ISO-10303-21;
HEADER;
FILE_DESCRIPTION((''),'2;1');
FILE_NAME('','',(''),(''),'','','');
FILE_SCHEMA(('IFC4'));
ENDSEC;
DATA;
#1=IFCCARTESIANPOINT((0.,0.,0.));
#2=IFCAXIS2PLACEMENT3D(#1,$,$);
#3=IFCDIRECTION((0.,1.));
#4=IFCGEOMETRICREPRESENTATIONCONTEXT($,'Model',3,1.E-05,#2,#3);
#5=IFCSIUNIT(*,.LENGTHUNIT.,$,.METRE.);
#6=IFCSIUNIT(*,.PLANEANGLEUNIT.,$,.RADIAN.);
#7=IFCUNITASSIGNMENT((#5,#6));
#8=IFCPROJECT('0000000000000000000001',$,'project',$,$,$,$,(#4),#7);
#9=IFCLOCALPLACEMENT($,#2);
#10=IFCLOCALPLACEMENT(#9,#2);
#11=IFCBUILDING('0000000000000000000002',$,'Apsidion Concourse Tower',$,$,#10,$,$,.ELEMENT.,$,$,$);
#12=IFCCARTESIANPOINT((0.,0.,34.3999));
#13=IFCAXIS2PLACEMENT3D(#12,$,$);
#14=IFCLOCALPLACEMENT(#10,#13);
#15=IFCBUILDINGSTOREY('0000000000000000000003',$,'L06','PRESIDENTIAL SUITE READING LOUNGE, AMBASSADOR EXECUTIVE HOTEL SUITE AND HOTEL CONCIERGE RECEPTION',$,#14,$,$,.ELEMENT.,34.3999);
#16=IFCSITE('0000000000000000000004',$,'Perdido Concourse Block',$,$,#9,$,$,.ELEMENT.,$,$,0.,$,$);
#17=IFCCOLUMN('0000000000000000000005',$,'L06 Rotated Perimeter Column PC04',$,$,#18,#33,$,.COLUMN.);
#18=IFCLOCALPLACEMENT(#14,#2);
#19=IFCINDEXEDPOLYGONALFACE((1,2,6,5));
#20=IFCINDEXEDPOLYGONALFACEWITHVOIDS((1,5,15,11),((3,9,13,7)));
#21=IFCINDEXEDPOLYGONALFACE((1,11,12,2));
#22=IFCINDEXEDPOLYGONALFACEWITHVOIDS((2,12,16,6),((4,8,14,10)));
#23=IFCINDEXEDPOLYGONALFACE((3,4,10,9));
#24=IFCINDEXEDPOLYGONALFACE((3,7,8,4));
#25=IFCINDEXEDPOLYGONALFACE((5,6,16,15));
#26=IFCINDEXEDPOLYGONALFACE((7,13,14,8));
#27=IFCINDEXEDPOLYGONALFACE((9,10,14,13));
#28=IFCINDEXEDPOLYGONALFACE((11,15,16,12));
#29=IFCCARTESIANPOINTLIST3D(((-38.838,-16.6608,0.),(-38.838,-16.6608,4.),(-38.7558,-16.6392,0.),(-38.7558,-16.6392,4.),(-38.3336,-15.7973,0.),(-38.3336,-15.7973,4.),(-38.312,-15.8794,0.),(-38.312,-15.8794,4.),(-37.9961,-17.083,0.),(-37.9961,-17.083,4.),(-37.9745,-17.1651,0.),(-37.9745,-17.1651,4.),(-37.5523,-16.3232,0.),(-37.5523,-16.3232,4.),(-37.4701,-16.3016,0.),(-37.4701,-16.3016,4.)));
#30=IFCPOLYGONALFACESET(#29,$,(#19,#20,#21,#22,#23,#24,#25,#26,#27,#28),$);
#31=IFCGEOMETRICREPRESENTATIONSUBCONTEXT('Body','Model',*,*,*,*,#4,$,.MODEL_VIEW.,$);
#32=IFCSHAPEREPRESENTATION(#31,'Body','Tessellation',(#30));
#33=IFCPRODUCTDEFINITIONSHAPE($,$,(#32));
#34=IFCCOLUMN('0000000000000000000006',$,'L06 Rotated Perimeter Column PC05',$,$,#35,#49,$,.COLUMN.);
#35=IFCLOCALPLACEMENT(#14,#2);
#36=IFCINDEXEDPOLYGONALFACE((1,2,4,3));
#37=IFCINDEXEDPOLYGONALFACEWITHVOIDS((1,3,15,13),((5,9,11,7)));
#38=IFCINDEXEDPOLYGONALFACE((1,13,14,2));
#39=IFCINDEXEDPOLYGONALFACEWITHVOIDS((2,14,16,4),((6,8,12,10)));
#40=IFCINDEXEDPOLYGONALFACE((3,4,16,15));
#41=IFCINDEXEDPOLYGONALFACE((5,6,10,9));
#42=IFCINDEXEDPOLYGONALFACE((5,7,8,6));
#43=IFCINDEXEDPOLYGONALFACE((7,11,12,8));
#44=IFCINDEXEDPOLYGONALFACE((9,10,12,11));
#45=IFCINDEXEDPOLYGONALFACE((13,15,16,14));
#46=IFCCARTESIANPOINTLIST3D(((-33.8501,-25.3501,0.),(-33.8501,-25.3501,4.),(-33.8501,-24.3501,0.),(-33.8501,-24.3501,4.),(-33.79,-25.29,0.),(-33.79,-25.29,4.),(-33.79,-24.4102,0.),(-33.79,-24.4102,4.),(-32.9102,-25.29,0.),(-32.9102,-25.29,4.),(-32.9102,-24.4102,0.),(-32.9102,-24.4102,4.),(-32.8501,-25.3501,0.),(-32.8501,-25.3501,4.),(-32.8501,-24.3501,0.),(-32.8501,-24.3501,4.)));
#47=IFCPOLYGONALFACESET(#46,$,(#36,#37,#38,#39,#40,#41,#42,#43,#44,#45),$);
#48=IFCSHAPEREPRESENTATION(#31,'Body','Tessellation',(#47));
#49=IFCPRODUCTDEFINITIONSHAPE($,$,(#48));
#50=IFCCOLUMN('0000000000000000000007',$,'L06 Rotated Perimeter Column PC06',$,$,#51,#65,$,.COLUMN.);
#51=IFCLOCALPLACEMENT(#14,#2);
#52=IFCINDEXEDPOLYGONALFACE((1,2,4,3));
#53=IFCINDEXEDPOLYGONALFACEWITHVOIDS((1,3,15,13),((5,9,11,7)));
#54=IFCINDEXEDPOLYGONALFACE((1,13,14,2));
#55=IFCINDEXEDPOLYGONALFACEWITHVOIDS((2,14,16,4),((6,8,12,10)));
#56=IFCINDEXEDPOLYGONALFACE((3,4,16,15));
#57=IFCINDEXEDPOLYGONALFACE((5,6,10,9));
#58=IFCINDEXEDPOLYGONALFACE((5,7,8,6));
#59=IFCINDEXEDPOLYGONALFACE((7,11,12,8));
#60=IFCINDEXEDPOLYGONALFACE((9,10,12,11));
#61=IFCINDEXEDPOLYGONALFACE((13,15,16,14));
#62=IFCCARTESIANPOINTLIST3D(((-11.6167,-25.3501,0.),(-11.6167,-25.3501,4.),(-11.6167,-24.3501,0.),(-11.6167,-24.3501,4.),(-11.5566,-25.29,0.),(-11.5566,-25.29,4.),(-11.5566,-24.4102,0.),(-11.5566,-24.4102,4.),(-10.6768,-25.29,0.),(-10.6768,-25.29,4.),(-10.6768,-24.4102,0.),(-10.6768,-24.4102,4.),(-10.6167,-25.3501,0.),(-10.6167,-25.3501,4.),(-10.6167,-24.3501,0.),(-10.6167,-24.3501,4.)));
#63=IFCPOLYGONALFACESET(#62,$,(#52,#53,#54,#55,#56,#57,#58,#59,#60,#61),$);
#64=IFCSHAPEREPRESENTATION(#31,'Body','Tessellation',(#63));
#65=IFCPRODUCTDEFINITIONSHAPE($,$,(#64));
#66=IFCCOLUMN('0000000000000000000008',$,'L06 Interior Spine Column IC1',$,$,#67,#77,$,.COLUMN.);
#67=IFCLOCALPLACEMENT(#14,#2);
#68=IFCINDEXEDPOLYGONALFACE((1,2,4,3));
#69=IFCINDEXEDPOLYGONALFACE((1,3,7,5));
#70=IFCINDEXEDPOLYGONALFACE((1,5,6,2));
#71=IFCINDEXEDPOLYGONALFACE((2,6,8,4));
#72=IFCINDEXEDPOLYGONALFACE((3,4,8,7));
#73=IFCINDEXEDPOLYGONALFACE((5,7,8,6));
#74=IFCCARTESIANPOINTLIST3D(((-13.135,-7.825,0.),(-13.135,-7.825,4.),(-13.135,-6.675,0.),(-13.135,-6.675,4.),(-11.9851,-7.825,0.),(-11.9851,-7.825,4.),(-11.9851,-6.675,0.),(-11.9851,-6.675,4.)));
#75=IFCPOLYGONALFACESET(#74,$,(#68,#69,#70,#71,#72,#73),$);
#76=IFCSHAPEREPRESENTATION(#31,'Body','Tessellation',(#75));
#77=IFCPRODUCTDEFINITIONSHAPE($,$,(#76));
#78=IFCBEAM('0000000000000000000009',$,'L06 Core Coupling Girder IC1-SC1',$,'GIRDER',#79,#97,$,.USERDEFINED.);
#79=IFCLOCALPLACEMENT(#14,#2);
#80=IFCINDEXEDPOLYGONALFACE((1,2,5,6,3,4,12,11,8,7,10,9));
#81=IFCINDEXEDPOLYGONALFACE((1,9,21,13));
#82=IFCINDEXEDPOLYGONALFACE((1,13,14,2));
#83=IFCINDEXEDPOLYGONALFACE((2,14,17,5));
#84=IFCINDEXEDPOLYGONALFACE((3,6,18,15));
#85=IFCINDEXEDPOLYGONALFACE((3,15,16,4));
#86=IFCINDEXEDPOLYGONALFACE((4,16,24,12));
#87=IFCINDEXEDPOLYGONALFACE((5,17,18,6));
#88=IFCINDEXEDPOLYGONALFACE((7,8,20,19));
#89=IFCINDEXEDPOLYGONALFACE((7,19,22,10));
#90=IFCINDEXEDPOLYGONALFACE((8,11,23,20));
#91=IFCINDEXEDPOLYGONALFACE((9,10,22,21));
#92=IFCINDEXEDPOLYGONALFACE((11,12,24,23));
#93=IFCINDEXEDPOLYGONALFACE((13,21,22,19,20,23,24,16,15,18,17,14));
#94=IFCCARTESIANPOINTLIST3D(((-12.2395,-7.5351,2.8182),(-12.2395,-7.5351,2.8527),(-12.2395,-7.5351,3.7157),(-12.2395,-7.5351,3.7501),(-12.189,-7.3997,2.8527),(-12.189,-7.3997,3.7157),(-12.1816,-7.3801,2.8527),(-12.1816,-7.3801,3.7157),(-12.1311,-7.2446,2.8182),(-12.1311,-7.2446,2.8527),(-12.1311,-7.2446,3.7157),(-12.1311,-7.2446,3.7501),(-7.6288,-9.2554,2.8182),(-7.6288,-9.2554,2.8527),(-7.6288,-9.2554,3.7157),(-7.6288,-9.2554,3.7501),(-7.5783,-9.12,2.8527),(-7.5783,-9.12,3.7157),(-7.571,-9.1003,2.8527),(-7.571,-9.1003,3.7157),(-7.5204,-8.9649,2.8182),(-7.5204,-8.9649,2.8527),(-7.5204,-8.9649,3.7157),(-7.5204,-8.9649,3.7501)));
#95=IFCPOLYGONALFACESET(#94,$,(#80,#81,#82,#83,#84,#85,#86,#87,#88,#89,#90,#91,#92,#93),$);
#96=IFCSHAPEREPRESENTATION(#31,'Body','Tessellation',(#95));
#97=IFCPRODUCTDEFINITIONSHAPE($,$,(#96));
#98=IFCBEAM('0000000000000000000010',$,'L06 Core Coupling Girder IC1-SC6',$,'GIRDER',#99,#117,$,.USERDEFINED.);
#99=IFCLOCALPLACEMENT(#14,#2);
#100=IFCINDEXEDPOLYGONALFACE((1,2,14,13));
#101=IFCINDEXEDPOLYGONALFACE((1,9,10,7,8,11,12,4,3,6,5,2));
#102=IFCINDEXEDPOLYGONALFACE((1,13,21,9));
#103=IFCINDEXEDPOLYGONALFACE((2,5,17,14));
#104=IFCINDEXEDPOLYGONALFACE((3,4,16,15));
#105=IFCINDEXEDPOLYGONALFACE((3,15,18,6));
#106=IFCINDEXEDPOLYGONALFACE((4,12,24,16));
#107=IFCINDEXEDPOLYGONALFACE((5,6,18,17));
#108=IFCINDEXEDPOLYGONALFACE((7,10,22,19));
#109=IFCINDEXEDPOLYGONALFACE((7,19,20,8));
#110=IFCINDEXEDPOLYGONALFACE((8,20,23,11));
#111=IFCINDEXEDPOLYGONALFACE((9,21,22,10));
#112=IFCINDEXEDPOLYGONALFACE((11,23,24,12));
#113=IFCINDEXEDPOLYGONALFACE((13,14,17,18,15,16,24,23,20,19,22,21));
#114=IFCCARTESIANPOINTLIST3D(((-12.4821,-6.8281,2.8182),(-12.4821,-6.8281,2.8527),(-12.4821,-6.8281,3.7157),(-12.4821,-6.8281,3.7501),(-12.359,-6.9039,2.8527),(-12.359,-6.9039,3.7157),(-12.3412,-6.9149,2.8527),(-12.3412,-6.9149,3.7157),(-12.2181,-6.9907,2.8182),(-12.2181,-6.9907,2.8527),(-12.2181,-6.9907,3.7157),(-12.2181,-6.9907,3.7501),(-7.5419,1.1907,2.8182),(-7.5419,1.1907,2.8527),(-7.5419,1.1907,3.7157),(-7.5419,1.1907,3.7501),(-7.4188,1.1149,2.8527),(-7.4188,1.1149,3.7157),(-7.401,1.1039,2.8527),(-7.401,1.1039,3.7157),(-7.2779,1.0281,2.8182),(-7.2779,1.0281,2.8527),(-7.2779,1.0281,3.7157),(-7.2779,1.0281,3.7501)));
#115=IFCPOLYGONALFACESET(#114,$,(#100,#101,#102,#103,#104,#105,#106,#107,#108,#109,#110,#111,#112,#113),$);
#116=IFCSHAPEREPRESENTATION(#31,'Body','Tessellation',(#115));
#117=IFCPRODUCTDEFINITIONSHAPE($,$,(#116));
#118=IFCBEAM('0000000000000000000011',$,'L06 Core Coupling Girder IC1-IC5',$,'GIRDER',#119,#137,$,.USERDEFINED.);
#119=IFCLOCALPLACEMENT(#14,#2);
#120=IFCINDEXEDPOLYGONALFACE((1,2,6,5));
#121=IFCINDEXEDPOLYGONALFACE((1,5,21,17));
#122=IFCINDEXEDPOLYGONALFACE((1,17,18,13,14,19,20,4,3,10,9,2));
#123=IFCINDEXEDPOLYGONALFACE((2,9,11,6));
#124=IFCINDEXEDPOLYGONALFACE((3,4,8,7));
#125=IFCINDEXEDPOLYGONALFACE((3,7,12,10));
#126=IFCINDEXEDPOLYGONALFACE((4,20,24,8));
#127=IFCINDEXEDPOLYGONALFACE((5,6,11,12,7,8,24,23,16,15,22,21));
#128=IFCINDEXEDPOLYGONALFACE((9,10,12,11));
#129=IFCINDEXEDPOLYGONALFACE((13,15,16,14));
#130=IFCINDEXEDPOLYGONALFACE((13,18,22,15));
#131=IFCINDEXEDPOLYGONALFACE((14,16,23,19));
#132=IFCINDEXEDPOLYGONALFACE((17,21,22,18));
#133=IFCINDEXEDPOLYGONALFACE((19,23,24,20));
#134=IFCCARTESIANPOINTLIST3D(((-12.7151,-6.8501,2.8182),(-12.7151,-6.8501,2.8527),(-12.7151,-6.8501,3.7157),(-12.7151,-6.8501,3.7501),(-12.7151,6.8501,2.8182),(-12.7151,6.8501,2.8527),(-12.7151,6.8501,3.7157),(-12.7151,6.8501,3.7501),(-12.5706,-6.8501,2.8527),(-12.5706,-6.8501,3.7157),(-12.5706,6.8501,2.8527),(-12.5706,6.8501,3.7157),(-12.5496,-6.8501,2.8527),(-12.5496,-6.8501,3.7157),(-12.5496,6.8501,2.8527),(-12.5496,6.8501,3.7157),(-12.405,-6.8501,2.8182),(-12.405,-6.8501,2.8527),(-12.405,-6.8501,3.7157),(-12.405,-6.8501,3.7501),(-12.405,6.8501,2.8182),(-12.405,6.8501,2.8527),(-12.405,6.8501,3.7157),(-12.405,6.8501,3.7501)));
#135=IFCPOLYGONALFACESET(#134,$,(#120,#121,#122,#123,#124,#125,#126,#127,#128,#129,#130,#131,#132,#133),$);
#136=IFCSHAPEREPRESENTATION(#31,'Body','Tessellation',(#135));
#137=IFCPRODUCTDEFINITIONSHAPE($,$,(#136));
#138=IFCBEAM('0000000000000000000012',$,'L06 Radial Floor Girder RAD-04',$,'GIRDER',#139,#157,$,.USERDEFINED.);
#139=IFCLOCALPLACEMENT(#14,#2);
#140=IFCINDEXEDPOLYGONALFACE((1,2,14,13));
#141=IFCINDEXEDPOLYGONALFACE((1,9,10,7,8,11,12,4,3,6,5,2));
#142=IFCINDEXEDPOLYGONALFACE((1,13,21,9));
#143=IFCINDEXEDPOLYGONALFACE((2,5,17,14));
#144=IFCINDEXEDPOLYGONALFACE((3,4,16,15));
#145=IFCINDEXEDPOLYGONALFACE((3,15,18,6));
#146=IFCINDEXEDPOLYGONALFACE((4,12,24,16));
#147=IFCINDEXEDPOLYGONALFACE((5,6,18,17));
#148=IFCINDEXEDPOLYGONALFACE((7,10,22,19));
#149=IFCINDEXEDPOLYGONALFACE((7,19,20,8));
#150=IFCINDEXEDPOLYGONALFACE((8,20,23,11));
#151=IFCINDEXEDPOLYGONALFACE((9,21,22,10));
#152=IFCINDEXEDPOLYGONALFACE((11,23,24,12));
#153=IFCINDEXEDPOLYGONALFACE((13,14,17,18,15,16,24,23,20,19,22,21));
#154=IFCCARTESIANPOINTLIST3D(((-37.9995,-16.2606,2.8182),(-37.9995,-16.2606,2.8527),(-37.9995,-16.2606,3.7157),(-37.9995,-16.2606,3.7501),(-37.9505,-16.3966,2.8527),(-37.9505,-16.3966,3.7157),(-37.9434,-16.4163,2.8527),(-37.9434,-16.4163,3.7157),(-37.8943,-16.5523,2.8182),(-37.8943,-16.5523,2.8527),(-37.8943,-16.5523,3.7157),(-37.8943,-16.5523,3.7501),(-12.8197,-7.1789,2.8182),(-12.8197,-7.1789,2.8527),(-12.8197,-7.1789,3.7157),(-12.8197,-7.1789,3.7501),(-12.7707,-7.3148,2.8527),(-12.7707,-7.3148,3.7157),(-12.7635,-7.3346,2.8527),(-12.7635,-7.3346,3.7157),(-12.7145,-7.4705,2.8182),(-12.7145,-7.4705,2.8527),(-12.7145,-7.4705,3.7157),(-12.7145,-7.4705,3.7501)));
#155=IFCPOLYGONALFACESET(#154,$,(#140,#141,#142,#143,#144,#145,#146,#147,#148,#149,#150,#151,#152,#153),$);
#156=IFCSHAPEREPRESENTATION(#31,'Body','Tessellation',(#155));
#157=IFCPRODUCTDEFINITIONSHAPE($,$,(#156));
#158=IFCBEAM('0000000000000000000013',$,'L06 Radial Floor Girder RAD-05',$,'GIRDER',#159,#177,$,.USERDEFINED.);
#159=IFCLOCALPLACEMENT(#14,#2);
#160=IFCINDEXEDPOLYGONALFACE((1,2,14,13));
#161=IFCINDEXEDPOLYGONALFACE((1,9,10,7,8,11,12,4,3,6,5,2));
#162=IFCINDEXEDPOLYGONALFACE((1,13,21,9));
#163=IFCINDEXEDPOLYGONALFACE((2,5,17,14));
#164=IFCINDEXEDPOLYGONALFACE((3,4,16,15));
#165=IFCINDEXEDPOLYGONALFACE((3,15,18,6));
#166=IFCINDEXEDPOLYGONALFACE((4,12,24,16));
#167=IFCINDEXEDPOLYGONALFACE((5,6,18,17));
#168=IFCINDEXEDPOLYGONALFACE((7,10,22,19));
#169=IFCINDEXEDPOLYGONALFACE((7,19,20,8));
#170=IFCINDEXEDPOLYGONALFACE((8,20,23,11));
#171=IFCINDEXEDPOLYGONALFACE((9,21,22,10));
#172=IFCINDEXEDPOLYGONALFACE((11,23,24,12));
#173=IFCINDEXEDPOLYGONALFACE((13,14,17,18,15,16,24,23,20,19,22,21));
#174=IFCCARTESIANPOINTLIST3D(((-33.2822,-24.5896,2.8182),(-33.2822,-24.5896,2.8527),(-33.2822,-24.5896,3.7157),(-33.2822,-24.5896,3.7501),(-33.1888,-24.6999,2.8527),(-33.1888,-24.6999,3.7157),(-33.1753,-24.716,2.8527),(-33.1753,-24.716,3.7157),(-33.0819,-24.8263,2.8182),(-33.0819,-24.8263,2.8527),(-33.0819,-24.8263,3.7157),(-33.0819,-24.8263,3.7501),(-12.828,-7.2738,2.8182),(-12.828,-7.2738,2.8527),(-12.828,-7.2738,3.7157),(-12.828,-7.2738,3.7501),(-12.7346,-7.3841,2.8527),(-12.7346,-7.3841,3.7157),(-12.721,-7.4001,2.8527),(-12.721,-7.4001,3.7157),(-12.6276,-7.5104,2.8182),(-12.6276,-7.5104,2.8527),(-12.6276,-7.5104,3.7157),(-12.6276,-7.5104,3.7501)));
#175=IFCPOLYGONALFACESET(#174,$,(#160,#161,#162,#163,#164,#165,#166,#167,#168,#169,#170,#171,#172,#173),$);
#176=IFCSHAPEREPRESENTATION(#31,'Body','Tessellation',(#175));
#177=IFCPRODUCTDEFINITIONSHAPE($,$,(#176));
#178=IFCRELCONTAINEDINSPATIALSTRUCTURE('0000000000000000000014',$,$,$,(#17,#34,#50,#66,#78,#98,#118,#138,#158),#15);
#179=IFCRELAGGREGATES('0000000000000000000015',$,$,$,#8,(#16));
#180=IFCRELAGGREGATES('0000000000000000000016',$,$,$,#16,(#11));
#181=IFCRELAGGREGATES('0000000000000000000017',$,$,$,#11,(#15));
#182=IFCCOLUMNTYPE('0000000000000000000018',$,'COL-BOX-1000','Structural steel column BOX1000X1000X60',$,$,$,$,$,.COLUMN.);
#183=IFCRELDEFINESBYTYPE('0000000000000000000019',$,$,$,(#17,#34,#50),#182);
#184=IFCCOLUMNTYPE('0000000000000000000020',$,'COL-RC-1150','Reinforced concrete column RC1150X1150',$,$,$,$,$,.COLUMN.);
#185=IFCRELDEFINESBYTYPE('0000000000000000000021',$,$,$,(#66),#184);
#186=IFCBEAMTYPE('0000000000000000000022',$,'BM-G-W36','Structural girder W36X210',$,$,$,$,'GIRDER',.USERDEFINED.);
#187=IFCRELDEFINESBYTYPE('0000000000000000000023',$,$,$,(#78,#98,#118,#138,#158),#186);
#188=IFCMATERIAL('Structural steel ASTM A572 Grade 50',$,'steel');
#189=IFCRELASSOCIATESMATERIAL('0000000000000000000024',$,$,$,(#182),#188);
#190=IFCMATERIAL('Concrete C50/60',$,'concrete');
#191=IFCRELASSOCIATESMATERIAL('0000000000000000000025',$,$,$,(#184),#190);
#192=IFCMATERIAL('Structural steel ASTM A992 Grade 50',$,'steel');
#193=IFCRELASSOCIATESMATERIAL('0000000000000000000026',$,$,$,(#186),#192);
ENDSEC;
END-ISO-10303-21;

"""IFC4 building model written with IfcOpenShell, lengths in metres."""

from ifc_helpers import new_model, si_unit, direction, frame, origin, origin_2d, place, context, subcontext, project, spatial, rectangle, hollow_rectangle, i_section, extrude, material, material_profile, profile_set, type_object, element, save


model = new_model("IFC4")

# Units and contexts
model_context = context("Model", 3, precision=1e-05, world=origin(), true_north=direction((0.0, 1.0)))
body_context = subcontext(model_context, "Body", "Model", "MODEL_VIEW")
ifc_project = project(units=[si_unit("LENGTHUNIT", "METRE"), si_unit("PLANEANGLEUNIT", "RADIAN")], contexts=[model_context])

# Site, building, storey
site_placement = place(None, origin())
site = spatial("IfcSite", under=ifc_project, at=site_placement, Name="Perdido Concourse Block", CompositionType="ELEMENT", RefElevation=0.0)
building_placement = place(site_placement, origin())
building = spatial("IfcBuilding", under=site, at=building_placement, Name="Apsidion Concourse Tower", CompositionType="ELEMENT")
storey_placement = place(building_placement, frame((0.0, 0.0, 34.3999)))
storey = spatial("IfcBuildingStorey", under=building, at=storey_placement, Name="L06", Description="PRESIDENTIAL SUITE READING LOUNGE, AMBASSADOR EXECUTIVE HOTEL SUITE AND HOTEL CONCIERGE RECEPTION", CompositionType="ELEMENT", Elevation=34.3999)

# Columns
ifc_material_1 = material(Name="Structural steel ASTM A572 Grade 50", Category="steel")
ifc_material_profile_1 = material_profile(ifc_material_1, hollow_rectangle(XDim=1.0, YDim=1.0, WallThickness=0.0601, at=origin_2d()), Name="BOX1000X1000X60")
ifc_profile_set_1 = profile_set([ifc_material_profile_1], Name="Structural steel ASTM A572 Grade 50")
column_type_1 = type_object("IfcColumnType", Name="COL-BOX-1000", Description="Structural steel column BOX1000X1000X60", PredefinedType="COLUMN", material=ifc_profile_set_1)
for number, where, z_axis, x_axis, name in (
    (1, (-38.1541, -16.4812, 0.0), (0.0, 0.0, 1.0), (0.504377, 0.863484, 0.0), "L06 Rotated Perimeter Column PC04"),
    (2, (-33.3501, -24.8501, 0.0), (0.0, 0.0, 1.0), (1.0, 0.0, 0.0), "L06 Rotated Perimeter Column PC05"),
    (3, (-11.1167, -24.8501, 0.0), (0.0, 0.0, 1.0), (1.0, 0.0, 0.0), "L06 Rotated Perimeter Column PC06"),
):
    element("IfcColumn", number, at=place(storey_placement, frame(where, z_axis=z_axis, x_axis=x_axis)), inside=storey, type_object=column_type_1, Name=name, PredefinedType="COLUMN", context=body_context, shape_type="SweptSolid", body=[
        extrude(hollow_rectangle(XDim=1.0, YDim=1.0, WallThickness=0.0601, at=origin_2d()), origin(), (0.0, 0.0, 1.0), 4.0),
    ])
ifc_material_2 = material(Name="Concrete C50/60", Category="concrete")
ifc_material_profile_2 = material_profile(ifc_material_2, rectangle(XDim=1.1499, YDim=1.1499, at=origin_2d()), Name="RC 1150x1150")
ifc_profile_set_2 = profile_set([ifc_material_profile_2], Name="Concrete C50/60")
column_type_2 = type_object("IfcColumnType", Name="COL-RC-1150", Description="Reinforced concrete column RC1150X1150", PredefinedType="COLUMN", material=ifc_profile_set_2)
column_placement = place(storey_placement, frame((-12.5601, -7.25, 0.0), z_axis=(0.0, 0.0, 1.0), x_axis=(1.0, 0.0, 0.0)))
element("IfcColumn", 4, at=column_placement, inside=storey, type_object=column_type_2, Name="L06 Interior Spine Column IC1", PredefinedType="COLUMN", context=body_context, shape_type="SweptSolid", body=[
    extrude(rectangle(XDim=1.1499, YDim=1.1499, at=origin_2d()), origin(), (0.0, 0.0, 1.0), 4.0),
])

# Beams
ifc_material_3 = material(Name="Structural steel ASTM A992 Grade 50", Category="steel")
ifc_material_profile_3 = material_profile(ifc_material_3, i_section(OverallWidth=0.3101, OverallDepth=0.9319, WebThickness=0.021, FlangeThickness=0.0344, at=origin_2d()), Name="W36X210")
ifc_profile_set_3 = profile_set([ifc_material_profile_3], Name="Structural steel ASTM A992 Grade 50")
beam_type_1 = type_object("IfcBeamType", Name="BM-G-W36", Description="Structural girder W36X210", ElementType="GIRDER", PredefinedType="USERDEFINED", material=ifc_profile_set_3)
beam_1_placement = place(storey_placement, frame((-12.1853, -7.3899, 3.2842), z_axis=(0.936913, -0.349563, 0.0), x_axis=(0.349563, 0.936913, 0.0)))
element("IfcBeam", 5, at=beam_1_placement, inside=storey, type_object=beam_type_1, Name="L06 Core Coupling Girder IC1-SC1", ObjectType="GIRDER", PredefinedType="USERDEFINED", context=body_context, shape_type="SweptSolid", body=[
    extrude(i_section(OverallWidth=0.3101, OverallDepth=0.9319, WebThickness=0.021, FlangeThickness=0.0344, at=origin_2d()), origin(), (0.0, 0.0, 1.0), 4.9211),
])
beam_2_placement = place(storey_placement, frame((-12.3501, -6.9094, 3.2842), z_axis=(0.524524, 0.851396, 0.0), x_axis=(-0.851396, 0.524524, 0.0)))
element("IfcBeam", 6, at=beam_2_placement, inside=storey, type_object=beam_type_1, Name="L06 Core Coupling Girder IC1-SC6", ObjectType="GIRDER", PredefinedType="USERDEFINED", context=body_context, shape_type="SweptSolid", body=[
    extrude(i_section(OverallWidth=0.3101, OverallDepth=0.9319, WebThickness=0.021, FlangeThickness=0.0344, at=origin_2d()), origin(), (0.0, 0.0, 1.0), 9.4185),
])
beam_3_placement = place(storey_placement, frame((-12.5601, -6.8501, 3.2842), z_axis=(0.0, 1.0, 0.0), x_axis=(-1.0, 0.0, 0.0)))
element("IfcBeam", 7, at=beam_3_placement, inside=storey, type_object=beam_type_1, Name="L06 Core Coupling Girder IC1-IC5", ObjectType="GIRDER", PredefinedType="USERDEFINED", context=body_context, shape_type="SweptSolid", body=[
    extrude(i_section(OverallWidth=0.3101, OverallDepth=0.9319, WebThickness=0.021, FlangeThickness=0.0344, at=origin_2d()), origin(), (0.0, 0.0, 1.0), 13.7002),
])
beam_4_placement = place(storey_placement, frame((-12.7671, -7.3247, 3.2842), z_axis=(-0.940685, -0.339282, 0.0), x_axis=(0.339282, -0.940685, 0.0)))
element("IfcBeam", 8, at=beam_4_placement, inside=storey, type_object=beam_type_1, Name="L06 Radial Floor Girder RAD-04", ObjectType="GIRDER", PredefinedType="USERDEFINED", context=body_context, shape_type="SweptSolid", body=[
    extrude(i_section(OverallWidth=0.3101, OverallDepth=0.9319, WebThickness=0.021, FlangeThickness=0.0344, at=origin_2d()), origin(), (0.0, 0.0, 1.0), 26.7676),
])
beam_5_placement = place(storey_placement, frame((-12.7278, -7.3921, 3.2842), z_axis=(-0.763232, -0.646125, 0.0), x_axis=(0.646125, -0.763232, 0.0)))
element("IfcBeam", 9, at=beam_5_placement, inside=storey, type_object=beam_type_1, Name="L06 Radial Floor Girder RAD-05", ObjectType="GIRDER", PredefinedType="USERDEFINED", context=body_context, shape_type="SweptSolid", body=[
    extrude(i_section(OverallWidth=0.3101, OverallDepth=0.9319, WebThickness=0.021, FlangeThickness=0.0344, at=origin_2d()), origin(), (0.0, 0.0, 1.0), 26.7996),
])

save(model, "model.ifc")
